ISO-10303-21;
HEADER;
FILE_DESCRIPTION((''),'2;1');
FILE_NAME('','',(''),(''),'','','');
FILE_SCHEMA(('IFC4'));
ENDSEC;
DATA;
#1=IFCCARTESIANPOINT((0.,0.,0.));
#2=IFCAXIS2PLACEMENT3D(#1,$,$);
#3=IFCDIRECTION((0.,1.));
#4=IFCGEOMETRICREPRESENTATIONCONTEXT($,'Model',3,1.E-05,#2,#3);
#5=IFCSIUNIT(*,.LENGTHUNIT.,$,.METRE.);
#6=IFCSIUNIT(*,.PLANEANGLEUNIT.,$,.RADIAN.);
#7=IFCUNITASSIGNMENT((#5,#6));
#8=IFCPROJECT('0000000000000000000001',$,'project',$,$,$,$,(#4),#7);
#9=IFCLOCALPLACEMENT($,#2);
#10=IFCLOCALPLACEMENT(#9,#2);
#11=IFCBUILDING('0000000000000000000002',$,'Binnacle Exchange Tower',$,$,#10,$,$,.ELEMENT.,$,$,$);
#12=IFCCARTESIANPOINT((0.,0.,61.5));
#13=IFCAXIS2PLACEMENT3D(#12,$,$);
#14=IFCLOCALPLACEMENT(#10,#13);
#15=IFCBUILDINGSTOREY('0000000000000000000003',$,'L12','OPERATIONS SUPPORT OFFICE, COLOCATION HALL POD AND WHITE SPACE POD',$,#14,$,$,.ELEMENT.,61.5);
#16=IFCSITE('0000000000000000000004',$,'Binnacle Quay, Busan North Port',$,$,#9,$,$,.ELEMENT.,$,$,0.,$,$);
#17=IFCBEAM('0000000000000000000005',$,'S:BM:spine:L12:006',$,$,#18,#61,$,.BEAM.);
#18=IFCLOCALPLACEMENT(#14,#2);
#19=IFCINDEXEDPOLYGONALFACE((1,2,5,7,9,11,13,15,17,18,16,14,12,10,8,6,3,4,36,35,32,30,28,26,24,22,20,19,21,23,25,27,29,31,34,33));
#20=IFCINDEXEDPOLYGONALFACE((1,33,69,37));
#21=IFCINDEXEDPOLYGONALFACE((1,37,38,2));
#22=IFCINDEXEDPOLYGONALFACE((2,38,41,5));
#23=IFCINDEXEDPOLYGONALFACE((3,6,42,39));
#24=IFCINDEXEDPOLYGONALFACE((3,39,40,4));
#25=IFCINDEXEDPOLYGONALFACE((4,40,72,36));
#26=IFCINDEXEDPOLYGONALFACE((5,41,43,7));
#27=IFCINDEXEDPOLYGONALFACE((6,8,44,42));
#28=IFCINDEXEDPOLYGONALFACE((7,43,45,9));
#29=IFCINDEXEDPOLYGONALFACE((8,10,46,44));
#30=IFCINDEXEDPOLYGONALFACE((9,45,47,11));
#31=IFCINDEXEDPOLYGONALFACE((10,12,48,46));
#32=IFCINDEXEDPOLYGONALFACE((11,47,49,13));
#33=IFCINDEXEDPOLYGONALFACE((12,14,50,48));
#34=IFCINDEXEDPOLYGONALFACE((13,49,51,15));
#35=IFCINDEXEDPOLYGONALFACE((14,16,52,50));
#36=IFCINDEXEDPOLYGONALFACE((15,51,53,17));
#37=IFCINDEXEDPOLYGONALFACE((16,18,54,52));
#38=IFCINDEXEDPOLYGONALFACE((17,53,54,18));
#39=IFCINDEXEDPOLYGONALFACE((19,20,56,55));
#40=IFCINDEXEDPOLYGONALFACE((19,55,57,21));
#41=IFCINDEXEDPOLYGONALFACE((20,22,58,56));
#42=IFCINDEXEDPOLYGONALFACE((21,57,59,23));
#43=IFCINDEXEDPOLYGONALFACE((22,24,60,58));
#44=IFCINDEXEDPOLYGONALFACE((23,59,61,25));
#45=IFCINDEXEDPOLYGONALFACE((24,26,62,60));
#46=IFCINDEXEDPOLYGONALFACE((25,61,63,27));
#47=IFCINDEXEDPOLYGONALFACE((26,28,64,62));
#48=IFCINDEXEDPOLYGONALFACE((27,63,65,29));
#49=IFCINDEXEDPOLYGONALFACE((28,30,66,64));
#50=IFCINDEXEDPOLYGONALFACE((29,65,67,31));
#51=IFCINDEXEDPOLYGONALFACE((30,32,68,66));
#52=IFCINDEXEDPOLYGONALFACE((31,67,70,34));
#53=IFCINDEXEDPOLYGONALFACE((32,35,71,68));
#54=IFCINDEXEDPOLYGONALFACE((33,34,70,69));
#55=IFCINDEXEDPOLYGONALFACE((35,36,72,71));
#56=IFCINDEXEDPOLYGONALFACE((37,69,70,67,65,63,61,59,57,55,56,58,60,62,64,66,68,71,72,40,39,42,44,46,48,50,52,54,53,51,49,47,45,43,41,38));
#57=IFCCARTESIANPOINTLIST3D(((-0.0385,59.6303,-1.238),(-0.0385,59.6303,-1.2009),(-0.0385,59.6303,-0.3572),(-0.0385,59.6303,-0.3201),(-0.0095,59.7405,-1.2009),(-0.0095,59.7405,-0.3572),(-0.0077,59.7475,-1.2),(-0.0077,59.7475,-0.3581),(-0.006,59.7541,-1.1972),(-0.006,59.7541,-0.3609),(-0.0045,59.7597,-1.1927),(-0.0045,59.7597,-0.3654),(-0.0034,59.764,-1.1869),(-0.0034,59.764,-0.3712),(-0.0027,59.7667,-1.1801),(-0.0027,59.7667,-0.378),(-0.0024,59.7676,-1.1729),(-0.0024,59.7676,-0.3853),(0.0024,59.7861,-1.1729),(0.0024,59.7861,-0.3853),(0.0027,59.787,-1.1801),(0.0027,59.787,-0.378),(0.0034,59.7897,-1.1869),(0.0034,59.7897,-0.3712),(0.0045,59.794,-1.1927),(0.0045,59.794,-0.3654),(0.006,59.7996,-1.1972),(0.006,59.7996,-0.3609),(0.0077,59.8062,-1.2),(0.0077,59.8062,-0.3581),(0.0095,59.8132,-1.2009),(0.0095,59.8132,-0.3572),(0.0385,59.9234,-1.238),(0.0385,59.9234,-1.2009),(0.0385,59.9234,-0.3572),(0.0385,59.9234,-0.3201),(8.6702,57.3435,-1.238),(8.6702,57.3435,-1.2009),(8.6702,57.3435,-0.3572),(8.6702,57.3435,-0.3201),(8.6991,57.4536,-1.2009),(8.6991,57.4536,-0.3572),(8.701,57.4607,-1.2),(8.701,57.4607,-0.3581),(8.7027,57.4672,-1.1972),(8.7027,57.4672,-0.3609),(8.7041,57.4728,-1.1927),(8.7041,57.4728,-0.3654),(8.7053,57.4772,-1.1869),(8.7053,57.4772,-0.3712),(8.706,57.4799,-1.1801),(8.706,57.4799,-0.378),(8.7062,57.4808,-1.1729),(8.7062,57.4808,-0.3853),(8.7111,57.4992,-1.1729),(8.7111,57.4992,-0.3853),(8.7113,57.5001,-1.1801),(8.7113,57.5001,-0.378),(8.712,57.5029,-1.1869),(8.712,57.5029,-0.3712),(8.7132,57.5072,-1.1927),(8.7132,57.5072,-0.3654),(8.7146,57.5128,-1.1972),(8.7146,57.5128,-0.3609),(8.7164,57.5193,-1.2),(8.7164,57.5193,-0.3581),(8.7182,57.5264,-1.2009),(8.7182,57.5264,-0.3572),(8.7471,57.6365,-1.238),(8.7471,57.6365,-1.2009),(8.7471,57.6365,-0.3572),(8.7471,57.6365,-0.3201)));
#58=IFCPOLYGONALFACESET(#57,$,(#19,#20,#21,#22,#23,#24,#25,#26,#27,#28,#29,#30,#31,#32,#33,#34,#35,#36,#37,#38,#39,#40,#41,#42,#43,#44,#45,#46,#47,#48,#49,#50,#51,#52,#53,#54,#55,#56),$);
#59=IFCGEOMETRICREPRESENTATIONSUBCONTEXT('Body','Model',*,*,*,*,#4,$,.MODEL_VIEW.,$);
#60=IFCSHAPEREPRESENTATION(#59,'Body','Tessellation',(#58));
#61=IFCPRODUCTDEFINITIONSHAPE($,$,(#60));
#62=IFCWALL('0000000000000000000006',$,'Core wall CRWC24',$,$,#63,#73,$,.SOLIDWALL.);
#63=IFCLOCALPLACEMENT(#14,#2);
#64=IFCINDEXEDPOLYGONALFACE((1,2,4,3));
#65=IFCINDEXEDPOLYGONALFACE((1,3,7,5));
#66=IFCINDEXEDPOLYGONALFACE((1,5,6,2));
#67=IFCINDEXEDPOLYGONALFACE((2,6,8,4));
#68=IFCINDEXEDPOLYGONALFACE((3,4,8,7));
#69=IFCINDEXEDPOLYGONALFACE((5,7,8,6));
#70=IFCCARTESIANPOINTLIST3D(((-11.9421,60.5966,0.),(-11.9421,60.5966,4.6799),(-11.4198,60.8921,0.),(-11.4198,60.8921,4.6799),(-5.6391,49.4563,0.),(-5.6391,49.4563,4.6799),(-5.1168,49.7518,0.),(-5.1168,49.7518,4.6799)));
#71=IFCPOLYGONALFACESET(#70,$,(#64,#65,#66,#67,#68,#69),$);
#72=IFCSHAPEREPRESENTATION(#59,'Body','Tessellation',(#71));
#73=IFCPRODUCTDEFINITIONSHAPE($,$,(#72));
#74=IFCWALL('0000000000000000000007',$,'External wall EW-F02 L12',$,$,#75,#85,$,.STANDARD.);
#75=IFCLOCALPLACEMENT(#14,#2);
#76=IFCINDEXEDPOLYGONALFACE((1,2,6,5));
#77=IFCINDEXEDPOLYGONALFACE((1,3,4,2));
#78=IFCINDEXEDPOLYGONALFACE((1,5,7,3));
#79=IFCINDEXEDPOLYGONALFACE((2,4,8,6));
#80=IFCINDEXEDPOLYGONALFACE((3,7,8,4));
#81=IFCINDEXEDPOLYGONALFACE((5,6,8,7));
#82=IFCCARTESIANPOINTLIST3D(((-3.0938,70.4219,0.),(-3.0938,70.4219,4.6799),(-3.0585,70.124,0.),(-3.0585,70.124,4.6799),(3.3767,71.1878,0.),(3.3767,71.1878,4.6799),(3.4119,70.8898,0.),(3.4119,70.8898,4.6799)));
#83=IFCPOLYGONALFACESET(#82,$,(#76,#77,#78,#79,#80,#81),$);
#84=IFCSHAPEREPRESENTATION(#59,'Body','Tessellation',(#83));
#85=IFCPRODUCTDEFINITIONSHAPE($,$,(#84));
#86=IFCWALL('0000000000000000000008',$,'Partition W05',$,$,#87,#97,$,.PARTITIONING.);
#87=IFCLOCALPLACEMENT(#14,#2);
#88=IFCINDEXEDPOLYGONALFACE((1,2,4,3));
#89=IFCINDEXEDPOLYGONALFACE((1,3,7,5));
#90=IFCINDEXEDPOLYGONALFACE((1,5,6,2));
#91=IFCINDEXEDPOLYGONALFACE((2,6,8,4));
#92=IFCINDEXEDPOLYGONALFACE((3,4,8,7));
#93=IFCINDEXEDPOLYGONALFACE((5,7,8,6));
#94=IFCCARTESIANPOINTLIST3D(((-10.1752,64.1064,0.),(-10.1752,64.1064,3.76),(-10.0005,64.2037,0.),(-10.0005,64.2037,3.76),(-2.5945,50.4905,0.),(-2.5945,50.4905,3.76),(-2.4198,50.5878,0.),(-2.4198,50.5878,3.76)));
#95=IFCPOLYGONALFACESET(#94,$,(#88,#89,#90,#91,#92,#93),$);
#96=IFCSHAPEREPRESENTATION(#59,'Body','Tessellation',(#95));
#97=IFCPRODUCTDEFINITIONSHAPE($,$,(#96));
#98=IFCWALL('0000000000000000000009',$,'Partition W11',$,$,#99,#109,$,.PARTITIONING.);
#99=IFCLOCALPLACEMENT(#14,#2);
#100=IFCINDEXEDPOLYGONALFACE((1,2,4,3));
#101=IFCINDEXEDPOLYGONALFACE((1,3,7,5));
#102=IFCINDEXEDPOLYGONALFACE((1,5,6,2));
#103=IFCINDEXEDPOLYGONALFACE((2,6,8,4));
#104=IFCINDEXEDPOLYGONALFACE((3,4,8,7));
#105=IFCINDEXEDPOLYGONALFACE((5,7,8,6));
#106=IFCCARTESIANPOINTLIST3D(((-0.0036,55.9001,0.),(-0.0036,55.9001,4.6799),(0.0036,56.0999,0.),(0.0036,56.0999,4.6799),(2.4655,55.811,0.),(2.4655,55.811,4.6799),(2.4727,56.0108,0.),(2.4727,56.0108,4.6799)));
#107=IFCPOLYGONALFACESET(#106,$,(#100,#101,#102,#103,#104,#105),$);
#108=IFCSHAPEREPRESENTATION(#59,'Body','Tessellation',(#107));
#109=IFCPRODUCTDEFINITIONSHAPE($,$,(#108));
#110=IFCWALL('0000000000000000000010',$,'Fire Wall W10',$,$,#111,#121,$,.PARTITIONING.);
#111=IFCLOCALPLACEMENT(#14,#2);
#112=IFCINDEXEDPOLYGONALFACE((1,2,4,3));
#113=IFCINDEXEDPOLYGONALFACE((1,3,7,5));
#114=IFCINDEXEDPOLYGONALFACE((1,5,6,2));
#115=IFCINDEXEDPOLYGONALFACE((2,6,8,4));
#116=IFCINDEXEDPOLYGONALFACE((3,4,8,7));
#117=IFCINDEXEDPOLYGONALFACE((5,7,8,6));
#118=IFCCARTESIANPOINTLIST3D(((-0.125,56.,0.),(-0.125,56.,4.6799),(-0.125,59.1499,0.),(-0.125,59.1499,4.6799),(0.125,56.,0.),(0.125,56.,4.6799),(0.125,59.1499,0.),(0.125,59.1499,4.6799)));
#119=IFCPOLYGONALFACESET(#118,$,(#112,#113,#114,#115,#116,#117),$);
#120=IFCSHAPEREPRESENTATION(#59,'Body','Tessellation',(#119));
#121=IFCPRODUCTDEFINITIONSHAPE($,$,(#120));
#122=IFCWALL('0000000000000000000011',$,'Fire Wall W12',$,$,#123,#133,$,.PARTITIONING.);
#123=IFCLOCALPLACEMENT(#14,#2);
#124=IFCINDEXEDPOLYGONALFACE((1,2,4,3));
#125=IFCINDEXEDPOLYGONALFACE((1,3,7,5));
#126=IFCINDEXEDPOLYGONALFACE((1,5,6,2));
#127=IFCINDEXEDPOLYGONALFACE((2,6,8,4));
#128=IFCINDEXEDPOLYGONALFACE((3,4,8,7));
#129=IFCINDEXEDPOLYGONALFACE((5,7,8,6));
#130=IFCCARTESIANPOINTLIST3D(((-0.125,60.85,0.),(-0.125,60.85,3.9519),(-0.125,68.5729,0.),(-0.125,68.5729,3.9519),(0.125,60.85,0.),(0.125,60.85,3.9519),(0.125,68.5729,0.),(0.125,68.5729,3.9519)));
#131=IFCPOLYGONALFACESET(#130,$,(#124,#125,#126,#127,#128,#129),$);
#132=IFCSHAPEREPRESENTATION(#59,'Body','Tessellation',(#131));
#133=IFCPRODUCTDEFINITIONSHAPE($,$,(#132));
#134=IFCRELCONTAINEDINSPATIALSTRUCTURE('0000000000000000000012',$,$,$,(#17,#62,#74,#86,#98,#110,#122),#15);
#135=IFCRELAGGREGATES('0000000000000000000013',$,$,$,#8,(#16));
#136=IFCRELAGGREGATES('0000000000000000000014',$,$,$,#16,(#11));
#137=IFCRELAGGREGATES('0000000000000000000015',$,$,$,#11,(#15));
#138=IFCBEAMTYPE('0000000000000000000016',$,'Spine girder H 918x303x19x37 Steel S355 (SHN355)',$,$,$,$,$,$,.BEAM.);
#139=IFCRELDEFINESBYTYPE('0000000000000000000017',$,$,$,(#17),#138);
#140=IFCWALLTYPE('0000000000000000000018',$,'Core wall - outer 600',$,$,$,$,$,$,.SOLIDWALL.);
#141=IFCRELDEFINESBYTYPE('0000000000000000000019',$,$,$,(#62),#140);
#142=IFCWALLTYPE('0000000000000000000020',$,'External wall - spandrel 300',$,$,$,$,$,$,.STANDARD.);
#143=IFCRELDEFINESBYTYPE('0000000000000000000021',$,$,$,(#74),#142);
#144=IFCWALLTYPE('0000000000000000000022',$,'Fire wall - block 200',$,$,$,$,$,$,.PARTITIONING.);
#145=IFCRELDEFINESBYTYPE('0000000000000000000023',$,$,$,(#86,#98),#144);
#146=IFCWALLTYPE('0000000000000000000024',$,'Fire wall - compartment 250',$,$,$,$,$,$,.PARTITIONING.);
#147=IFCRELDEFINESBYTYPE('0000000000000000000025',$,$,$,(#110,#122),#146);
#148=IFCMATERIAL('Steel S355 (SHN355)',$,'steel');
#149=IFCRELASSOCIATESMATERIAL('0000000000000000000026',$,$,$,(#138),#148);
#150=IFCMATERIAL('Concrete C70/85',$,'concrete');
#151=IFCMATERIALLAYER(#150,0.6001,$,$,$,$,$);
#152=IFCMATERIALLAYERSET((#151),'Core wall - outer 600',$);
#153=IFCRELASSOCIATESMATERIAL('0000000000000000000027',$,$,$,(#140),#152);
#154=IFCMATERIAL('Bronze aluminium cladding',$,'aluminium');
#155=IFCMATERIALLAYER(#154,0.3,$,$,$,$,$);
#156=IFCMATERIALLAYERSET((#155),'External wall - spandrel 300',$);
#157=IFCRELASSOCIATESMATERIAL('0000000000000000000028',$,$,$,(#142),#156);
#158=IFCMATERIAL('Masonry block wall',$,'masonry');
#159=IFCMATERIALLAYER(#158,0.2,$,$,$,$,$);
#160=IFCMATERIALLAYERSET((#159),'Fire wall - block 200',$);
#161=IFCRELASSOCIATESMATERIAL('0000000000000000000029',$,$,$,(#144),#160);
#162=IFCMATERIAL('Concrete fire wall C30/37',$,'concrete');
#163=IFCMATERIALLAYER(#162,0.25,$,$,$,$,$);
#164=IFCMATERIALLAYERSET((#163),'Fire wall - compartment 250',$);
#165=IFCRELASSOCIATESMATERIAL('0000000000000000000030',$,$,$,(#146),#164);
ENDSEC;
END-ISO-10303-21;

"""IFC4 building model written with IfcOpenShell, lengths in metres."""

from ifc_helpers import new_model, si_unit, direction, frame, frame_2d, origin, origin_2d, place, context, subcontext, project, spatial, rectangle, i_section, extrude, material, layer, layer_set, material_profile, profile_set, type_object, element, save


model = new_model("IFC4")

# Units and contexts
model_context = context("Model", 3, precision=1e-05, world=origin(), true_north=direction((0.0, 1.0)))
body_context = subcontext(model_context, "Body", "Model", "MODEL_VIEW")
ifc_project = project(units=[si_unit("LENGTHUNIT", "METRE"), si_unit("PLANEANGLEUNIT", "RADIAN")], contexts=[model_context])

# Site, building, storey
site_placement = place(None, origin())
site = spatial("IfcSite", under=ifc_project, at=site_placement, Name="Binnacle Quay, Busan North Port", CompositionType="ELEMENT", RefElevation=0.0)
building_placement = place(site_placement, origin())
building = spatial("IfcBuilding", under=site, at=building_placement, Name="Binnacle Exchange Tower", CompositionType="ELEMENT")
storey_placement = place(building_placement, frame((0.0, 0.0, 61.5)))
storey = spatial("IfcBuildingStorey", under=building, at=storey_placement, Name="L12", Description="OPERATIONS SUPPORT OFFICE, COLOCATION HALL POD AND WHITE SPACE POD", CompositionType="ELEMENT", Elevation=61.5)

# Shared definitions
ifc_material_1 = material(Name="Concrete C70/85", Category="concrete")

# Beam
ifc_material_2 = material(Name="Steel S355 (SHN355)", Category="steel")
ifc_material_profile_1 = material_profile(ifc_material_2, i_section(OverallWidth=0.303, OverallDepth=0.918, WebThickness=0.019, FlangeThickness=0.0371, FilletRadius=0.0281, at=origin_2d()), Name="H 918x303x19x37")
ifc_profile_set_1 = profile_set([ifc_material_profile_1], Name="Steel S355 (SHN355)")
beam_type_1 = type_object("IfcBeamType", Name="Spine girder H 918x303x19x37 Steel S355 (SHN355)", PredefinedType="BEAM", material=ifc_profile_set_1)
beam_1_placement = place(storey_placement, frame((0.0, 59.7769, -0.7791), z_axis=(0.967209, -0.253983, 0.0), x_axis=(0.253983, 0.967209, 0.0)))
element("IfcBeam", 1, at=beam_1_placement, inside=storey, type_object=beam_type_1, Name="S:BM:spine:L12:006", PredefinedType="BEAM", context=body_context, shape_type="SweptSolid", body=[
    extrude(i_section(OverallWidth=0.303, OverallDepth=0.918, WebThickness=0.019, FlangeThickness=0.0371, FilletRadius=0.0281, at=origin_2d()), origin(), (0.0, 0.0, 1.0), 9.0039),
])

# Walls
ifc_layer_1 = layer(ifc_material_1, 0.6001)
ifc_layer_set_1 = layer_set([ifc_layer_1], Name="Core wall - outer 600")
wall_type_1 = type_object("IfcWallType", Name="Core wall - outer 600", PredefinedType="SOLIDWALL", material=ifc_layer_set_1)
wall_1_placement = place(storey_placement, frame((-11.6809, 60.7444, 0.0), z_axis=(0.0, 0.0, 1.0), x_axis=(0.492427, -0.870354, 0.0)))
element("IfcWall", 2, at=wall_1_placement, inside=storey, type_object=wall_type_1, Name="Core wall CRWC24", PredefinedType="SOLIDWALL", context=body_context, shape_type="SweptSolid", body=[
    extrude(rectangle(XDim=12.7998, YDim=0.6001, at=frame_2d((6.3999, 0.0))), origin(), (0.0, 0.0, 1.0), 4.6799),
])
ifc_material_3 = material(Name="Bronze aluminium cladding", Category="aluminium")
ifc_layer_2 = layer(ifc_material_3, 0.3)
ifc_layer_set_2 = layer_set([ifc_layer_2], Name="External wall - spandrel 300")
wall_type_2 = type_object("IfcWallType", Name="External wall - spandrel 300", PredefinedType="STANDARD", material=ifc_layer_set_2)
wall_2_placement = place(storey_placement, frame((-3.0762, 70.2729, 0.0), z_axis=(0.0, 0.0, 1.0), x_axis=(0.993068, 0.117543, 0.0)))
element("IfcWall", 3, at=wall_2_placement, inside=storey, type_object=wall_type_2, Name="External wall EW-F02 L12", PredefinedType="STANDARD", context=body_context, shape_type="SweptSolid", body=[
    extrude(rectangle(XDim=6.5156, YDim=0.3, at=frame_2d((3.2578, 0.0))), origin(), (0.0, 0.0, 1.0), 4.6799),
])
ifc_material_4 = material(Name="Masonry block wall", Category="masonry")
ifc_layer_3 = layer(ifc_material_4, 0.2)
ifc_layer_set_3 = layer_set([ifc_layer_3], Name="Fire wall - block 200")
wall_type_3 = type_object("IfcWallType", Name="Fire wall - block 200", PredefinedType="PARTITIONING", material=ifc_layer_set_3)
wall_3_placement = place(storey_placement, frame((-10.0879, 64.155, 0.0), z_axis=(0.0, 0.0, 1.0), x_axis=(0.486446, -0.873711, 0.0)))
element("IfcWall", 4, at=wall_3_placement, inside=storey, type_object=wall_type_3, Name="Partition W05", PredefinedType="PARTITIONING", context=body_context, shape_type="SweptSolid", body=[
    extrude(rectangle(XDim=15.584, YDim=0.2, at=frame_2d((7.792, 0.0))), origin(), (0.0, 0.0, 1.0), 3.76),
])
wall_4_placement = place(storey_placement, frame((0.0, 56.0, 0.0), z_axis=(0.0, 0.0, 1.0), x_axis=(0.999349, -0.036069, 0.0)))
element("IfcWall", 5, at=wall_4_placement, inside=storey, type_object=wall_type_3, Name="Partition W11", PredefinedType="PARTITIONING", context=body_context, shape_type="SweptSolid", body=[
    extrude(rectangle(XDim=2.4707, YDim=0.2, at=frame_2d((1.2354, 0.0))), origin(), (0.0, 0.0, 1.0), 4.6799),
])
ifc_material_5 = material(Name="Concrete fire wall C30/37", Category="concrete")
ifc_layer_4 = layer(ifc_material_5, 0.25)
ifc_layer_set_4 = layer_set([ifc_layer_4], Name="Fire wall - compartment 250")
wall_type_4 = type_object("IfcWallType", Name="Fire wall - compartment 250", PredefinedType="PARTITIONING", material=ifc_layer_set_4)
wall_5_placement = place(storey_placement, frame((0.0, 56.0, 0.0), z_axis=(0.0, 0.0, 1.0), x_axis=(0.0, 1.0, 0.0)))
element("IfcWall", 6, at=wall_5_placement, inside=storey, type_object=wall_type_4, Name="Fire Wall W10", PredefinedType="PARTITIONING", context=body_context, shape_type="SweptSolid", body=[
    extrude(rectangle(XDim=3.1499, YDim=0.25, at=frame_2d((1.575, 0.0))), origin(), (0.0, 0.0, 1.0), 4.6799),
])
wall_6_placement = place(storey_placement, frame((0.0, 60.8501, 0.0), z_axis=(0.0, 0.0, 1.0), x_axis=(0.0, 1.0, 0.0)))
element("IfcWall", 7, at=wall_6_placement, inside=storey, type_object=wall_type_4, Name="Fire Wall W12", PredefinedType="PARTITIONING", context=body_context, shape_type="SweptSolid", body=[
    extrude(rectangle(XDim=7.7229, YDim=0.25, at=frame_2d((3.8613, 0.0))), origin(), (0.0, 0.0, 1.0), 3.9519),
])

save(model, "model.ifc")
